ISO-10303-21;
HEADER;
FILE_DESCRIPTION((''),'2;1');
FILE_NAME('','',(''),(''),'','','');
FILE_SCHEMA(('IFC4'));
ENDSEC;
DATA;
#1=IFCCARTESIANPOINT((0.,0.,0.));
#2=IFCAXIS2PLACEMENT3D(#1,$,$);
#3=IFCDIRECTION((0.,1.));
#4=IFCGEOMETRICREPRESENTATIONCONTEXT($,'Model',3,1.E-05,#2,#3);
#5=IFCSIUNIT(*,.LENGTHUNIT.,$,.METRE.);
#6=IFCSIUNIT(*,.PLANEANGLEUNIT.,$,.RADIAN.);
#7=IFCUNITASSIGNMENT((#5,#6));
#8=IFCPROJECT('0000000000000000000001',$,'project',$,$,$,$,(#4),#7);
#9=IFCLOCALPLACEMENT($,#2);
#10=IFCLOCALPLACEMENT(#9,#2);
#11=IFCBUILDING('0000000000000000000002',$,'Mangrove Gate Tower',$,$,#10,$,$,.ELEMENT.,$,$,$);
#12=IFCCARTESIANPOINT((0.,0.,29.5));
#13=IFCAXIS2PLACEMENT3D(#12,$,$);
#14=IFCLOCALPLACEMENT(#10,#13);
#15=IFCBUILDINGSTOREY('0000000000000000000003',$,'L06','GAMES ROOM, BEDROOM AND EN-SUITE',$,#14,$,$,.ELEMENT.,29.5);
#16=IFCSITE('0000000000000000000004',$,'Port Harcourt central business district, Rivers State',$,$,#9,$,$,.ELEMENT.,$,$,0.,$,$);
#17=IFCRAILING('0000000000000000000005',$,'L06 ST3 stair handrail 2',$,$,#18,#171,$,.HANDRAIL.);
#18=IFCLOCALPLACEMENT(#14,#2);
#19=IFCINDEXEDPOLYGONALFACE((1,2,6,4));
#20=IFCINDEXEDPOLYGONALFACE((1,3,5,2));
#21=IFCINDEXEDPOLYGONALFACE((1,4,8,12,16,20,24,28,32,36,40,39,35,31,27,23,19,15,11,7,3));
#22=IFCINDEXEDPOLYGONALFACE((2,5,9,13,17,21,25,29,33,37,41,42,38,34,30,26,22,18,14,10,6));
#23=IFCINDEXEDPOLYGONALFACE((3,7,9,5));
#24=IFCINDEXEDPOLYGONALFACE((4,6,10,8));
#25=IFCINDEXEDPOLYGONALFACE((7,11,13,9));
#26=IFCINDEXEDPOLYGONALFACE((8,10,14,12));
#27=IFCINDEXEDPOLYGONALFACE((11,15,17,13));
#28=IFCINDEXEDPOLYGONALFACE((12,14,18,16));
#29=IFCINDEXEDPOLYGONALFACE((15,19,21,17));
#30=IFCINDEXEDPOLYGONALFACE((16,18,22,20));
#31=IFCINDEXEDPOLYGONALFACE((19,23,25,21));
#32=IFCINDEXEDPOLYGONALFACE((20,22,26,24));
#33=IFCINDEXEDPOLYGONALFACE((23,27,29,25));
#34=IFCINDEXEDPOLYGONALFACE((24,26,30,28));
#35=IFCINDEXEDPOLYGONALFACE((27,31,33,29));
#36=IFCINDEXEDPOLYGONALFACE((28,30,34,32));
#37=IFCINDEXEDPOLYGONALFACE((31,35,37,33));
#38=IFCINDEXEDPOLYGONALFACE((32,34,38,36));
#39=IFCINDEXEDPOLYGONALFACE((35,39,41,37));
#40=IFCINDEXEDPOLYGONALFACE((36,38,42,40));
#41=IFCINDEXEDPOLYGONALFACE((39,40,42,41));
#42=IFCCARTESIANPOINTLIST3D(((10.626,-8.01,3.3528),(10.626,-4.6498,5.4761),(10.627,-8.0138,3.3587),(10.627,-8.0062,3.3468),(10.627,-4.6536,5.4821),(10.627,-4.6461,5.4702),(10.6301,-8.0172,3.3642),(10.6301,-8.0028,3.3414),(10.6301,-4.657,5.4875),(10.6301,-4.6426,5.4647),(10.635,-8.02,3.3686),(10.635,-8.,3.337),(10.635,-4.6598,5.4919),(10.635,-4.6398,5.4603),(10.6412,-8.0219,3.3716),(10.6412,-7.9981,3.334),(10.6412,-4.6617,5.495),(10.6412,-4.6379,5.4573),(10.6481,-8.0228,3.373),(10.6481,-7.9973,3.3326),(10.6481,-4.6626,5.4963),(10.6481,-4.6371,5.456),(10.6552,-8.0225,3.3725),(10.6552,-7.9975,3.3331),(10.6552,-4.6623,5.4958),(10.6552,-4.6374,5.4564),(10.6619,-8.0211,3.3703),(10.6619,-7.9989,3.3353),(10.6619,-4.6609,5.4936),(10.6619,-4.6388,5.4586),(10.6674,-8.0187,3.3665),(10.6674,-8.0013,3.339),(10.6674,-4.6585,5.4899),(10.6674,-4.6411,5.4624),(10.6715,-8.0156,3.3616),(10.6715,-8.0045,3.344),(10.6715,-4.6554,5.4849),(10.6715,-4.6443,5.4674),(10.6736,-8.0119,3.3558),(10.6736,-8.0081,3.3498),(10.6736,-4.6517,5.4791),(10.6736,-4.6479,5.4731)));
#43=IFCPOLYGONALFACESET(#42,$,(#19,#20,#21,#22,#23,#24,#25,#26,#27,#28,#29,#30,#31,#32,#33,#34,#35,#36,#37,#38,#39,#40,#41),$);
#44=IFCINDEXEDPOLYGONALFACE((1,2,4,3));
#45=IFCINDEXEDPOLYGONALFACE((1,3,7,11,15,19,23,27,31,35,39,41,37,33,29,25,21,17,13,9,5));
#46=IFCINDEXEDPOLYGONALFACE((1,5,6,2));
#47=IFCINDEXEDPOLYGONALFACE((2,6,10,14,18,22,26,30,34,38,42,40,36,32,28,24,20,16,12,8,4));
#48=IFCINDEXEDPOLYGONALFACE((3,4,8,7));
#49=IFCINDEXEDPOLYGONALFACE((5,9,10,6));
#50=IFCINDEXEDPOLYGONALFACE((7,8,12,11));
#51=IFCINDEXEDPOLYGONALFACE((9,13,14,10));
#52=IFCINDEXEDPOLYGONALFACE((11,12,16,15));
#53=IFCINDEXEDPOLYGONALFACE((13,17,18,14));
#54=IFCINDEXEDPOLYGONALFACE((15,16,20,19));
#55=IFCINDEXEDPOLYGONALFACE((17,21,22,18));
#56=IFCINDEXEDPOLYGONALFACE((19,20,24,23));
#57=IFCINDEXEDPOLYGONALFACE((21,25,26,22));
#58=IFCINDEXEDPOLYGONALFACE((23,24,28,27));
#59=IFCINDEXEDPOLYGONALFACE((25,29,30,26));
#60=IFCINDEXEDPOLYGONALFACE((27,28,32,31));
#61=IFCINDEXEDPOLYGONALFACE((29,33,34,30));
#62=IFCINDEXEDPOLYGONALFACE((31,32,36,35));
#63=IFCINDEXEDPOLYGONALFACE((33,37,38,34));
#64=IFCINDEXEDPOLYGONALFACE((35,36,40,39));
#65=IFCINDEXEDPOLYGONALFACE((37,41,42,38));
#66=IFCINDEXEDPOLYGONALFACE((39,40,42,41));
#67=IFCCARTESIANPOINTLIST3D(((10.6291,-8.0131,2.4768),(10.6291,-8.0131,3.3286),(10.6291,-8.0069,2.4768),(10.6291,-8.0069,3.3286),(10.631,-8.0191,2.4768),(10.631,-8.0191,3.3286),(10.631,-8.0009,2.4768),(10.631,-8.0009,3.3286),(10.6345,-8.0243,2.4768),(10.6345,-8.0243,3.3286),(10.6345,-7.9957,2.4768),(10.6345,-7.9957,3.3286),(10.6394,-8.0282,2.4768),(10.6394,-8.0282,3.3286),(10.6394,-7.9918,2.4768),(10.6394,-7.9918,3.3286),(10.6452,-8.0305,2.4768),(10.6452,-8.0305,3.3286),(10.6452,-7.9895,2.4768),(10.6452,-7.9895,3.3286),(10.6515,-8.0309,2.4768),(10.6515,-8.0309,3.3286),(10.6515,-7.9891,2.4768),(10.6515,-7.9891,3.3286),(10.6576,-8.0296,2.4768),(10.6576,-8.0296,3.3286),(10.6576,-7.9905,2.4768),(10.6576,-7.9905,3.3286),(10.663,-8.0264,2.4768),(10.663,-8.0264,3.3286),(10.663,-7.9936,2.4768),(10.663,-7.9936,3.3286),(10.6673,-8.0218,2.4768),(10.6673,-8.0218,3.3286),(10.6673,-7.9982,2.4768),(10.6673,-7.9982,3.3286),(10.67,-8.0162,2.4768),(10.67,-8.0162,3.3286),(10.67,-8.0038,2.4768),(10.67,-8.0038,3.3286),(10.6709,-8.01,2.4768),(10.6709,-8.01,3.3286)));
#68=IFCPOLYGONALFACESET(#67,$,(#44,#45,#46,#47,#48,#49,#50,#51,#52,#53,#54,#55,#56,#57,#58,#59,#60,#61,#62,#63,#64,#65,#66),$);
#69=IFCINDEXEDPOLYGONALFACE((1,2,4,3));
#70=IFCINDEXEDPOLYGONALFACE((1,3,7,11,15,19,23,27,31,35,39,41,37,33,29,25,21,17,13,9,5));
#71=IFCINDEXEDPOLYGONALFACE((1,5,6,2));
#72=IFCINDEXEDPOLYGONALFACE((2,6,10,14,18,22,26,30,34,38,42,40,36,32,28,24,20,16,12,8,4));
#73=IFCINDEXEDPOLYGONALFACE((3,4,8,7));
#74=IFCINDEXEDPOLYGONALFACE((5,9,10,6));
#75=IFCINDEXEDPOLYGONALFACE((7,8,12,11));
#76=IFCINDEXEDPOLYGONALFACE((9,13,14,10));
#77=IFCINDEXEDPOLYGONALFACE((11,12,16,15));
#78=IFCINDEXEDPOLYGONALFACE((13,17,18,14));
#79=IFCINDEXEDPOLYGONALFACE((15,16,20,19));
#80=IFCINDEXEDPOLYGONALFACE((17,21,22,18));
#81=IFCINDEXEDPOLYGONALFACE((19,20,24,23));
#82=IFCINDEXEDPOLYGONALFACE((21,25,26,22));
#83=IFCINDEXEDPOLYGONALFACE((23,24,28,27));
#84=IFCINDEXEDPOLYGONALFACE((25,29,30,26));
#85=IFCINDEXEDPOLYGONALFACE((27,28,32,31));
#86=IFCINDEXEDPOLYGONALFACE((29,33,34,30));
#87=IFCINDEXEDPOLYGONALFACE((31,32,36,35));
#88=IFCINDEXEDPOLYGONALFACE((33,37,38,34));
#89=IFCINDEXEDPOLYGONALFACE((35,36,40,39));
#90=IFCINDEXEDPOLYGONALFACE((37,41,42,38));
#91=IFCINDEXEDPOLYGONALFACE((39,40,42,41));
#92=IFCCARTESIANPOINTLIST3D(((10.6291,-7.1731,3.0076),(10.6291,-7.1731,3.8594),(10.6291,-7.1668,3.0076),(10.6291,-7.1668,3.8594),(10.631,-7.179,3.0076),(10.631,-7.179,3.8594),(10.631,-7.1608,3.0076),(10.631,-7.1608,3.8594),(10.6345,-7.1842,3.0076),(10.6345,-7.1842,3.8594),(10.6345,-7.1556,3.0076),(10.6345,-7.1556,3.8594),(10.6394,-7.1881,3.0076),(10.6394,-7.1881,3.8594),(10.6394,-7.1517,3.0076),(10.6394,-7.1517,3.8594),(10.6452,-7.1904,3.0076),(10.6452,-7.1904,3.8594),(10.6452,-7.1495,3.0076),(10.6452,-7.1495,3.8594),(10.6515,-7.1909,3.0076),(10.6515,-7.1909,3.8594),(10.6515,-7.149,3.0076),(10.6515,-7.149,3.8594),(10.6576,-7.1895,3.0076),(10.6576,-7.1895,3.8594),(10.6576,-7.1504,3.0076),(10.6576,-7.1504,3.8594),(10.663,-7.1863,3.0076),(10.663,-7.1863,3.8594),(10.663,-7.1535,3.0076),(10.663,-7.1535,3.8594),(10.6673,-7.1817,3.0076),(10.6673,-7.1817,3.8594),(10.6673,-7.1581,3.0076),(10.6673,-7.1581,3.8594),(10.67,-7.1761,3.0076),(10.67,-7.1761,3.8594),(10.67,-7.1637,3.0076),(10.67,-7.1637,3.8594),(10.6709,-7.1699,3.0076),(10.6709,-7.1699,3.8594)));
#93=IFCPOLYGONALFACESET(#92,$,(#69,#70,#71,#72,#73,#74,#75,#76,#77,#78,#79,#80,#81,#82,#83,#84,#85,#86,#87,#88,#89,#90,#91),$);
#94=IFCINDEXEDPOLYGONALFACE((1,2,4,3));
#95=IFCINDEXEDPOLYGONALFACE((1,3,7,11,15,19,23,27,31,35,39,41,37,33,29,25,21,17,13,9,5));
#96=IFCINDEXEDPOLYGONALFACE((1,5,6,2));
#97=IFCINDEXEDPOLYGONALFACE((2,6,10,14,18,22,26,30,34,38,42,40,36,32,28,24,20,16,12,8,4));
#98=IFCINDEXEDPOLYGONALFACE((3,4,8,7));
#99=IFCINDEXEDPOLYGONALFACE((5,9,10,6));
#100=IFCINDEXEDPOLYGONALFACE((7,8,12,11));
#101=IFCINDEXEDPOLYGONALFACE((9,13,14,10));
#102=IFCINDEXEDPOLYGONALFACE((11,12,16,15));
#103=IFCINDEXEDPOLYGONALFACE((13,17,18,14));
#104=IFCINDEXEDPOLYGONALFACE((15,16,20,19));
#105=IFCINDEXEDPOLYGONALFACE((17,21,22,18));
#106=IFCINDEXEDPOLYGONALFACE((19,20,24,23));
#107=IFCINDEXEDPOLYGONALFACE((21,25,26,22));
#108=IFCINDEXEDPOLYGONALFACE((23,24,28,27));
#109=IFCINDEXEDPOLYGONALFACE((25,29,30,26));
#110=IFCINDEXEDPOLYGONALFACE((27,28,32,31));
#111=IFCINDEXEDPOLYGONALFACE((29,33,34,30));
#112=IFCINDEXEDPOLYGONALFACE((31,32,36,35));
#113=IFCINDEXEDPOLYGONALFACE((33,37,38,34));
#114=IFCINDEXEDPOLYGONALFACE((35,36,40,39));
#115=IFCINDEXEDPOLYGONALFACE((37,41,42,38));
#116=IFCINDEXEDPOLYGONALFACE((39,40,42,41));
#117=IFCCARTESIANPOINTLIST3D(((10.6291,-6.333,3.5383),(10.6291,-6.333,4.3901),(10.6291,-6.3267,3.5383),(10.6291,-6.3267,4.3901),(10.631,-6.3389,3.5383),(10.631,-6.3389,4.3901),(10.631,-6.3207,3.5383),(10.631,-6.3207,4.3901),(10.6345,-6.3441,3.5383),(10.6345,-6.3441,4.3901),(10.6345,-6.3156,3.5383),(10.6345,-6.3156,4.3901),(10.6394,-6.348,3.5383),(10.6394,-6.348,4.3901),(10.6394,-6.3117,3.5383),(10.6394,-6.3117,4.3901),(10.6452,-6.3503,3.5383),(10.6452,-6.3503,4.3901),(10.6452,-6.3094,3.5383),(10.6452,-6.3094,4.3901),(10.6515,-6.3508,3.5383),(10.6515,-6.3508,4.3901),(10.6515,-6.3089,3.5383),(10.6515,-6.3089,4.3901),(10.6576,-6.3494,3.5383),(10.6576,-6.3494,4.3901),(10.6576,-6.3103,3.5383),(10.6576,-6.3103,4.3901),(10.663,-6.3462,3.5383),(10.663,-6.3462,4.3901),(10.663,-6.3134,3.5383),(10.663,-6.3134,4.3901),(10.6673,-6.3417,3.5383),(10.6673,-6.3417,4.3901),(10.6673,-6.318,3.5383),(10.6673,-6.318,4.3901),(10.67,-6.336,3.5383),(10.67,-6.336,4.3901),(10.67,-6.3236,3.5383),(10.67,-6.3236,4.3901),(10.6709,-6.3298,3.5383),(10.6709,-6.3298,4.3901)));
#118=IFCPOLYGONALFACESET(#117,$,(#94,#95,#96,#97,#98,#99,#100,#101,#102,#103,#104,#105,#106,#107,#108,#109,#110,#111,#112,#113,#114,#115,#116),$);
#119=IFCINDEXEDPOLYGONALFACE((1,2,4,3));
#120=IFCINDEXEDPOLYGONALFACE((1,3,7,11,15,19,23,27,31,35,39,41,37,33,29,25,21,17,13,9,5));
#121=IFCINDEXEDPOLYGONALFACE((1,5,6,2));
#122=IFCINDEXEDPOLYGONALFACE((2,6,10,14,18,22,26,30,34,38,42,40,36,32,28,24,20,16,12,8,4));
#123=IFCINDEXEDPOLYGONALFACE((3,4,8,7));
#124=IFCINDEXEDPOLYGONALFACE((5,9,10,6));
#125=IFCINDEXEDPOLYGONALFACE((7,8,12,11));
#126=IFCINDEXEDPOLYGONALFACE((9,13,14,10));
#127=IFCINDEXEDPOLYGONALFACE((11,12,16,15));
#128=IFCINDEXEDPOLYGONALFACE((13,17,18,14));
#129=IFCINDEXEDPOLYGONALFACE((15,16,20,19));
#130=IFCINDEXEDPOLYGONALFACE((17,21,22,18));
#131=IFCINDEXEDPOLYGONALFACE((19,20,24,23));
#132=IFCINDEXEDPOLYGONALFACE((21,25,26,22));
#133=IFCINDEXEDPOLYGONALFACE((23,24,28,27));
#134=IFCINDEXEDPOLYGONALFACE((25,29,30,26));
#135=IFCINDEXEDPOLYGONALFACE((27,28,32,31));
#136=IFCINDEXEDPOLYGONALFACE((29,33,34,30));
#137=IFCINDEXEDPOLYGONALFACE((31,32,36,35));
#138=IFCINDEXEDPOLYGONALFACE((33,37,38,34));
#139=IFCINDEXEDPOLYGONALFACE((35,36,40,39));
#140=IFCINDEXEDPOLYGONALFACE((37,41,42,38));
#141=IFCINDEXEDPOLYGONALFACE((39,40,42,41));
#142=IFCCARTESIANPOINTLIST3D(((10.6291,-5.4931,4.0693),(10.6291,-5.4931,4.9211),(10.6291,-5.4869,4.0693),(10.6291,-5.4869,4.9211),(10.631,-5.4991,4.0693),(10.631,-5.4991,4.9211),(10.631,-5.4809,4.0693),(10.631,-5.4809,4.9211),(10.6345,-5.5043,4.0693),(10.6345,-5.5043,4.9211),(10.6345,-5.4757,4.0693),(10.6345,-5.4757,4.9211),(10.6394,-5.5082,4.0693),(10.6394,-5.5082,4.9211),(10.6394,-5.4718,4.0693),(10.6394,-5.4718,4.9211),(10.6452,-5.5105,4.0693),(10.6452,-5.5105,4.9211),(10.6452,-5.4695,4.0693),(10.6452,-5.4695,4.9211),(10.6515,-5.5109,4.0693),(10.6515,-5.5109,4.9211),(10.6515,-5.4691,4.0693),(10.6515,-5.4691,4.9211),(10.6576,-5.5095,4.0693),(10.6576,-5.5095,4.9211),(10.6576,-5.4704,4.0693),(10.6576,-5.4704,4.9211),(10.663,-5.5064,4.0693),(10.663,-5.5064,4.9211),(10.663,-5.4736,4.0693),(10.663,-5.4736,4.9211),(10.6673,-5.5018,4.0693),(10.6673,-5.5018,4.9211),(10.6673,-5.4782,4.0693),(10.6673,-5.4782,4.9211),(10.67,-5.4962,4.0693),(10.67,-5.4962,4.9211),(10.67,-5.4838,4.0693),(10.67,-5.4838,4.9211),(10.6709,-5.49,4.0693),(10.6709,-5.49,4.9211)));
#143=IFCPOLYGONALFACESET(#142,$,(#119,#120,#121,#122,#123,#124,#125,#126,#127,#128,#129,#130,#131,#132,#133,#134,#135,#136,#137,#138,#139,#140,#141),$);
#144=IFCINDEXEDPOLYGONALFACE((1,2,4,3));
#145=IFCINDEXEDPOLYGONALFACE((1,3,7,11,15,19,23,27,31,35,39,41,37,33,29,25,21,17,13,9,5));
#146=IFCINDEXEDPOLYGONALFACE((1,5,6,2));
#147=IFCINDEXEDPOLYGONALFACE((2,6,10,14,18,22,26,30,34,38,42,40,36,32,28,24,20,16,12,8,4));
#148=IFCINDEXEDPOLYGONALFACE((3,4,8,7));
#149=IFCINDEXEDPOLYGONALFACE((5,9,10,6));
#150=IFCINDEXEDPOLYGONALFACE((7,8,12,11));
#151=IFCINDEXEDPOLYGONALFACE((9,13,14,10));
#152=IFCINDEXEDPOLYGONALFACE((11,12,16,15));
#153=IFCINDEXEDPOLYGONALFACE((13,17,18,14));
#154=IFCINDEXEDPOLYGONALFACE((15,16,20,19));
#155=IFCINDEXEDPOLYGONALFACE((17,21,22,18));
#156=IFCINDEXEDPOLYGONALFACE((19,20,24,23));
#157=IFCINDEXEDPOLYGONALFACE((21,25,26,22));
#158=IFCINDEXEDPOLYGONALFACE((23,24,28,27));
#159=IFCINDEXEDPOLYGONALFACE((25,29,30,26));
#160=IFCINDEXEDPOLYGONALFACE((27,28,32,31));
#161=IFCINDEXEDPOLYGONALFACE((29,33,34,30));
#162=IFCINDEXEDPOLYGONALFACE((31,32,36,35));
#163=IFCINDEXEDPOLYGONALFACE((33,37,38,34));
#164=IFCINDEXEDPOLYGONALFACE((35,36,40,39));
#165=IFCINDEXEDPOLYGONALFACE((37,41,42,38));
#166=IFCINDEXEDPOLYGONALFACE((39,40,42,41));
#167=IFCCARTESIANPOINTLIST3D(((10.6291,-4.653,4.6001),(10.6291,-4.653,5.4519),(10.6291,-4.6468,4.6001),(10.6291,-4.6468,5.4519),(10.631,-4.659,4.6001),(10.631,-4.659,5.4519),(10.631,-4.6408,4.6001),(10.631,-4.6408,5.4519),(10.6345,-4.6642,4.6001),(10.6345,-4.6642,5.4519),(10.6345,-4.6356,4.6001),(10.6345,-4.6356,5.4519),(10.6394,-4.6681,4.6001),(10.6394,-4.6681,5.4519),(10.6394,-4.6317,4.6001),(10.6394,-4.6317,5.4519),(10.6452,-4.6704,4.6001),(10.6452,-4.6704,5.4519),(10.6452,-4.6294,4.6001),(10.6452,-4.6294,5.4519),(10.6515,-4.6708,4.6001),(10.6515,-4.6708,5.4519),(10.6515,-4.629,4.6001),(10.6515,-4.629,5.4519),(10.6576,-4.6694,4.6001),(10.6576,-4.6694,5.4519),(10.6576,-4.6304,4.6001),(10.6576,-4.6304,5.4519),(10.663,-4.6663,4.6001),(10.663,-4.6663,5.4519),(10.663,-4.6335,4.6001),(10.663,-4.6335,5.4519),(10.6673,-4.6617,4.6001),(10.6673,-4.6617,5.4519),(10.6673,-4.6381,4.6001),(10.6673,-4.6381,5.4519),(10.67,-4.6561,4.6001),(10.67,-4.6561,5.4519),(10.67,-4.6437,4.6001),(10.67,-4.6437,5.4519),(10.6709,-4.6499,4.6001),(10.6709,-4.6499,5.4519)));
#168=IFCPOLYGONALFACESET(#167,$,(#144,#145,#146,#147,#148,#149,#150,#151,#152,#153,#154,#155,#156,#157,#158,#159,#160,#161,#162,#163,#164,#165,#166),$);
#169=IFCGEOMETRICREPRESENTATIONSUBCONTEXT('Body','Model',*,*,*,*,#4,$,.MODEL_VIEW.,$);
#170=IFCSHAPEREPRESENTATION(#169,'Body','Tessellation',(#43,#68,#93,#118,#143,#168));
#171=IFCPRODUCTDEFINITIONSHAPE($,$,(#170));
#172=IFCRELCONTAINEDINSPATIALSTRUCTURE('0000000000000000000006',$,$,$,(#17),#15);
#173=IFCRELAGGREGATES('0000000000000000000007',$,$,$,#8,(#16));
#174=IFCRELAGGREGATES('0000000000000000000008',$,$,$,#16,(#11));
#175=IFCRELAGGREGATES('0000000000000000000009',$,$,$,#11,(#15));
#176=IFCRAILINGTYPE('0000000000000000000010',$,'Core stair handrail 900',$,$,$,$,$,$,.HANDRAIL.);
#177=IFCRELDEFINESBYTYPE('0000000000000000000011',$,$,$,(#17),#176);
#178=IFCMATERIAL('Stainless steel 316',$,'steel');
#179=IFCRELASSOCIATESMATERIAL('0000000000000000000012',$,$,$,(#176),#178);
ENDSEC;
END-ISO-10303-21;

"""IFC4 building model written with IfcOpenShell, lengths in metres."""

from ifc_helpers import new_model, si_unit, direction, frame, origin, origin_2d, place, context, subcontext, project, spatial, circle, extrude, material, type_object, element, save


model = new_model("IFC4")

# Units and contexts
model_context = context("Model", 3, precision=1e-05, world=origin(), true_north=direction((0.0, 1.0)))
body_context = subcontext(model_context, "Body", "Model", "MODEL_VIEW")
ifc_project = project(units=[si_unit("LENGTHUNIT", "METRE"), si_unit("PLANEANGLEUNIT", "RADIAN")], contexts=[model_context])

# Site, building, storey
site_placement = place(None, origin())
site = spatial("IfcSite", under=ifc_project, at=site_placement, Name="Port Harcourt central business district, Rivers State", CompositionType="ELEMENT", RefElevation=0.0)
building_placement = place(site_placement, origin())
building = spatial("IfcBuilding", under=site, at=building_placement, Name="Mangrove Gate Tower", CompositionType="ELEMENT")
storey_placement = place(building_placement, frame((0.0, 0.0, 29.5)))
storey = spatial("IfcBuildingStorey", under=building, at=storey_placement, Name="L06", Description="GAMES ROOM, BEDROOM AND EN-SUITE", CompositionType="ELEMENT", Elevation=29.5)

# Railing
ifc_material_1 = material(Name="Stainless steel 316", Category="steel")
railing_type_1 = type_object("IfcRailingType", Name="Core stair handrail 900", PredefinedType="HANDRAIL", material=ifc_material_1)
railing_1_placement = place(storey_placement, frame((10.6499, -8.01, 2.4768)))
element("IfcRailing", 1, at=railing_1_placement, inside=storey, type_object=railing_type_1, Name="L06 ST3 stair handrail 2", PredefinedType="HANDRAIL", context=body_context, shape_type="SweptSolid", body=[
    extrude(circle(Radius=0.0239, at=origin_2d()), frame((0.0, 0.0, 0.876), z_axis=(0.0, 0.845362, 0.534194), x_axis=(-1.0, 0.0, 0.0)), (0.0, 0.0, 1.0), 3.9749),
    extrude(circle(Radius=0.021, at=origin_2d()), origin(), (0.0, 0.0, 1.0), 0.8518),
    extrude(circle(Radius=0.021, at=origin_2d()), frame((0.0, 0.8401, 0.5308)), (0.0, 0.0, 1.0), 0.8518),
    extrude(circle(Radius=0.021, at=origin_2d()), frame((0.0, 1.6802, 1.0615)), (0.0, 0.0, 1.0), 0.8518),
    extrude(circle(Radius=0.021, at=origin_2d()), frame((0.0, 2.52, 1.5925)), (0.0, 0.0, 1.0), 0.8518),
    extrude(circle(Radius=0.021, at=origin_2d()), frame((0.0, 3.3601, 2.1233)), (0.0, 0.0, 1.0), 0.8518),
])

save(model, "model.ifc")
